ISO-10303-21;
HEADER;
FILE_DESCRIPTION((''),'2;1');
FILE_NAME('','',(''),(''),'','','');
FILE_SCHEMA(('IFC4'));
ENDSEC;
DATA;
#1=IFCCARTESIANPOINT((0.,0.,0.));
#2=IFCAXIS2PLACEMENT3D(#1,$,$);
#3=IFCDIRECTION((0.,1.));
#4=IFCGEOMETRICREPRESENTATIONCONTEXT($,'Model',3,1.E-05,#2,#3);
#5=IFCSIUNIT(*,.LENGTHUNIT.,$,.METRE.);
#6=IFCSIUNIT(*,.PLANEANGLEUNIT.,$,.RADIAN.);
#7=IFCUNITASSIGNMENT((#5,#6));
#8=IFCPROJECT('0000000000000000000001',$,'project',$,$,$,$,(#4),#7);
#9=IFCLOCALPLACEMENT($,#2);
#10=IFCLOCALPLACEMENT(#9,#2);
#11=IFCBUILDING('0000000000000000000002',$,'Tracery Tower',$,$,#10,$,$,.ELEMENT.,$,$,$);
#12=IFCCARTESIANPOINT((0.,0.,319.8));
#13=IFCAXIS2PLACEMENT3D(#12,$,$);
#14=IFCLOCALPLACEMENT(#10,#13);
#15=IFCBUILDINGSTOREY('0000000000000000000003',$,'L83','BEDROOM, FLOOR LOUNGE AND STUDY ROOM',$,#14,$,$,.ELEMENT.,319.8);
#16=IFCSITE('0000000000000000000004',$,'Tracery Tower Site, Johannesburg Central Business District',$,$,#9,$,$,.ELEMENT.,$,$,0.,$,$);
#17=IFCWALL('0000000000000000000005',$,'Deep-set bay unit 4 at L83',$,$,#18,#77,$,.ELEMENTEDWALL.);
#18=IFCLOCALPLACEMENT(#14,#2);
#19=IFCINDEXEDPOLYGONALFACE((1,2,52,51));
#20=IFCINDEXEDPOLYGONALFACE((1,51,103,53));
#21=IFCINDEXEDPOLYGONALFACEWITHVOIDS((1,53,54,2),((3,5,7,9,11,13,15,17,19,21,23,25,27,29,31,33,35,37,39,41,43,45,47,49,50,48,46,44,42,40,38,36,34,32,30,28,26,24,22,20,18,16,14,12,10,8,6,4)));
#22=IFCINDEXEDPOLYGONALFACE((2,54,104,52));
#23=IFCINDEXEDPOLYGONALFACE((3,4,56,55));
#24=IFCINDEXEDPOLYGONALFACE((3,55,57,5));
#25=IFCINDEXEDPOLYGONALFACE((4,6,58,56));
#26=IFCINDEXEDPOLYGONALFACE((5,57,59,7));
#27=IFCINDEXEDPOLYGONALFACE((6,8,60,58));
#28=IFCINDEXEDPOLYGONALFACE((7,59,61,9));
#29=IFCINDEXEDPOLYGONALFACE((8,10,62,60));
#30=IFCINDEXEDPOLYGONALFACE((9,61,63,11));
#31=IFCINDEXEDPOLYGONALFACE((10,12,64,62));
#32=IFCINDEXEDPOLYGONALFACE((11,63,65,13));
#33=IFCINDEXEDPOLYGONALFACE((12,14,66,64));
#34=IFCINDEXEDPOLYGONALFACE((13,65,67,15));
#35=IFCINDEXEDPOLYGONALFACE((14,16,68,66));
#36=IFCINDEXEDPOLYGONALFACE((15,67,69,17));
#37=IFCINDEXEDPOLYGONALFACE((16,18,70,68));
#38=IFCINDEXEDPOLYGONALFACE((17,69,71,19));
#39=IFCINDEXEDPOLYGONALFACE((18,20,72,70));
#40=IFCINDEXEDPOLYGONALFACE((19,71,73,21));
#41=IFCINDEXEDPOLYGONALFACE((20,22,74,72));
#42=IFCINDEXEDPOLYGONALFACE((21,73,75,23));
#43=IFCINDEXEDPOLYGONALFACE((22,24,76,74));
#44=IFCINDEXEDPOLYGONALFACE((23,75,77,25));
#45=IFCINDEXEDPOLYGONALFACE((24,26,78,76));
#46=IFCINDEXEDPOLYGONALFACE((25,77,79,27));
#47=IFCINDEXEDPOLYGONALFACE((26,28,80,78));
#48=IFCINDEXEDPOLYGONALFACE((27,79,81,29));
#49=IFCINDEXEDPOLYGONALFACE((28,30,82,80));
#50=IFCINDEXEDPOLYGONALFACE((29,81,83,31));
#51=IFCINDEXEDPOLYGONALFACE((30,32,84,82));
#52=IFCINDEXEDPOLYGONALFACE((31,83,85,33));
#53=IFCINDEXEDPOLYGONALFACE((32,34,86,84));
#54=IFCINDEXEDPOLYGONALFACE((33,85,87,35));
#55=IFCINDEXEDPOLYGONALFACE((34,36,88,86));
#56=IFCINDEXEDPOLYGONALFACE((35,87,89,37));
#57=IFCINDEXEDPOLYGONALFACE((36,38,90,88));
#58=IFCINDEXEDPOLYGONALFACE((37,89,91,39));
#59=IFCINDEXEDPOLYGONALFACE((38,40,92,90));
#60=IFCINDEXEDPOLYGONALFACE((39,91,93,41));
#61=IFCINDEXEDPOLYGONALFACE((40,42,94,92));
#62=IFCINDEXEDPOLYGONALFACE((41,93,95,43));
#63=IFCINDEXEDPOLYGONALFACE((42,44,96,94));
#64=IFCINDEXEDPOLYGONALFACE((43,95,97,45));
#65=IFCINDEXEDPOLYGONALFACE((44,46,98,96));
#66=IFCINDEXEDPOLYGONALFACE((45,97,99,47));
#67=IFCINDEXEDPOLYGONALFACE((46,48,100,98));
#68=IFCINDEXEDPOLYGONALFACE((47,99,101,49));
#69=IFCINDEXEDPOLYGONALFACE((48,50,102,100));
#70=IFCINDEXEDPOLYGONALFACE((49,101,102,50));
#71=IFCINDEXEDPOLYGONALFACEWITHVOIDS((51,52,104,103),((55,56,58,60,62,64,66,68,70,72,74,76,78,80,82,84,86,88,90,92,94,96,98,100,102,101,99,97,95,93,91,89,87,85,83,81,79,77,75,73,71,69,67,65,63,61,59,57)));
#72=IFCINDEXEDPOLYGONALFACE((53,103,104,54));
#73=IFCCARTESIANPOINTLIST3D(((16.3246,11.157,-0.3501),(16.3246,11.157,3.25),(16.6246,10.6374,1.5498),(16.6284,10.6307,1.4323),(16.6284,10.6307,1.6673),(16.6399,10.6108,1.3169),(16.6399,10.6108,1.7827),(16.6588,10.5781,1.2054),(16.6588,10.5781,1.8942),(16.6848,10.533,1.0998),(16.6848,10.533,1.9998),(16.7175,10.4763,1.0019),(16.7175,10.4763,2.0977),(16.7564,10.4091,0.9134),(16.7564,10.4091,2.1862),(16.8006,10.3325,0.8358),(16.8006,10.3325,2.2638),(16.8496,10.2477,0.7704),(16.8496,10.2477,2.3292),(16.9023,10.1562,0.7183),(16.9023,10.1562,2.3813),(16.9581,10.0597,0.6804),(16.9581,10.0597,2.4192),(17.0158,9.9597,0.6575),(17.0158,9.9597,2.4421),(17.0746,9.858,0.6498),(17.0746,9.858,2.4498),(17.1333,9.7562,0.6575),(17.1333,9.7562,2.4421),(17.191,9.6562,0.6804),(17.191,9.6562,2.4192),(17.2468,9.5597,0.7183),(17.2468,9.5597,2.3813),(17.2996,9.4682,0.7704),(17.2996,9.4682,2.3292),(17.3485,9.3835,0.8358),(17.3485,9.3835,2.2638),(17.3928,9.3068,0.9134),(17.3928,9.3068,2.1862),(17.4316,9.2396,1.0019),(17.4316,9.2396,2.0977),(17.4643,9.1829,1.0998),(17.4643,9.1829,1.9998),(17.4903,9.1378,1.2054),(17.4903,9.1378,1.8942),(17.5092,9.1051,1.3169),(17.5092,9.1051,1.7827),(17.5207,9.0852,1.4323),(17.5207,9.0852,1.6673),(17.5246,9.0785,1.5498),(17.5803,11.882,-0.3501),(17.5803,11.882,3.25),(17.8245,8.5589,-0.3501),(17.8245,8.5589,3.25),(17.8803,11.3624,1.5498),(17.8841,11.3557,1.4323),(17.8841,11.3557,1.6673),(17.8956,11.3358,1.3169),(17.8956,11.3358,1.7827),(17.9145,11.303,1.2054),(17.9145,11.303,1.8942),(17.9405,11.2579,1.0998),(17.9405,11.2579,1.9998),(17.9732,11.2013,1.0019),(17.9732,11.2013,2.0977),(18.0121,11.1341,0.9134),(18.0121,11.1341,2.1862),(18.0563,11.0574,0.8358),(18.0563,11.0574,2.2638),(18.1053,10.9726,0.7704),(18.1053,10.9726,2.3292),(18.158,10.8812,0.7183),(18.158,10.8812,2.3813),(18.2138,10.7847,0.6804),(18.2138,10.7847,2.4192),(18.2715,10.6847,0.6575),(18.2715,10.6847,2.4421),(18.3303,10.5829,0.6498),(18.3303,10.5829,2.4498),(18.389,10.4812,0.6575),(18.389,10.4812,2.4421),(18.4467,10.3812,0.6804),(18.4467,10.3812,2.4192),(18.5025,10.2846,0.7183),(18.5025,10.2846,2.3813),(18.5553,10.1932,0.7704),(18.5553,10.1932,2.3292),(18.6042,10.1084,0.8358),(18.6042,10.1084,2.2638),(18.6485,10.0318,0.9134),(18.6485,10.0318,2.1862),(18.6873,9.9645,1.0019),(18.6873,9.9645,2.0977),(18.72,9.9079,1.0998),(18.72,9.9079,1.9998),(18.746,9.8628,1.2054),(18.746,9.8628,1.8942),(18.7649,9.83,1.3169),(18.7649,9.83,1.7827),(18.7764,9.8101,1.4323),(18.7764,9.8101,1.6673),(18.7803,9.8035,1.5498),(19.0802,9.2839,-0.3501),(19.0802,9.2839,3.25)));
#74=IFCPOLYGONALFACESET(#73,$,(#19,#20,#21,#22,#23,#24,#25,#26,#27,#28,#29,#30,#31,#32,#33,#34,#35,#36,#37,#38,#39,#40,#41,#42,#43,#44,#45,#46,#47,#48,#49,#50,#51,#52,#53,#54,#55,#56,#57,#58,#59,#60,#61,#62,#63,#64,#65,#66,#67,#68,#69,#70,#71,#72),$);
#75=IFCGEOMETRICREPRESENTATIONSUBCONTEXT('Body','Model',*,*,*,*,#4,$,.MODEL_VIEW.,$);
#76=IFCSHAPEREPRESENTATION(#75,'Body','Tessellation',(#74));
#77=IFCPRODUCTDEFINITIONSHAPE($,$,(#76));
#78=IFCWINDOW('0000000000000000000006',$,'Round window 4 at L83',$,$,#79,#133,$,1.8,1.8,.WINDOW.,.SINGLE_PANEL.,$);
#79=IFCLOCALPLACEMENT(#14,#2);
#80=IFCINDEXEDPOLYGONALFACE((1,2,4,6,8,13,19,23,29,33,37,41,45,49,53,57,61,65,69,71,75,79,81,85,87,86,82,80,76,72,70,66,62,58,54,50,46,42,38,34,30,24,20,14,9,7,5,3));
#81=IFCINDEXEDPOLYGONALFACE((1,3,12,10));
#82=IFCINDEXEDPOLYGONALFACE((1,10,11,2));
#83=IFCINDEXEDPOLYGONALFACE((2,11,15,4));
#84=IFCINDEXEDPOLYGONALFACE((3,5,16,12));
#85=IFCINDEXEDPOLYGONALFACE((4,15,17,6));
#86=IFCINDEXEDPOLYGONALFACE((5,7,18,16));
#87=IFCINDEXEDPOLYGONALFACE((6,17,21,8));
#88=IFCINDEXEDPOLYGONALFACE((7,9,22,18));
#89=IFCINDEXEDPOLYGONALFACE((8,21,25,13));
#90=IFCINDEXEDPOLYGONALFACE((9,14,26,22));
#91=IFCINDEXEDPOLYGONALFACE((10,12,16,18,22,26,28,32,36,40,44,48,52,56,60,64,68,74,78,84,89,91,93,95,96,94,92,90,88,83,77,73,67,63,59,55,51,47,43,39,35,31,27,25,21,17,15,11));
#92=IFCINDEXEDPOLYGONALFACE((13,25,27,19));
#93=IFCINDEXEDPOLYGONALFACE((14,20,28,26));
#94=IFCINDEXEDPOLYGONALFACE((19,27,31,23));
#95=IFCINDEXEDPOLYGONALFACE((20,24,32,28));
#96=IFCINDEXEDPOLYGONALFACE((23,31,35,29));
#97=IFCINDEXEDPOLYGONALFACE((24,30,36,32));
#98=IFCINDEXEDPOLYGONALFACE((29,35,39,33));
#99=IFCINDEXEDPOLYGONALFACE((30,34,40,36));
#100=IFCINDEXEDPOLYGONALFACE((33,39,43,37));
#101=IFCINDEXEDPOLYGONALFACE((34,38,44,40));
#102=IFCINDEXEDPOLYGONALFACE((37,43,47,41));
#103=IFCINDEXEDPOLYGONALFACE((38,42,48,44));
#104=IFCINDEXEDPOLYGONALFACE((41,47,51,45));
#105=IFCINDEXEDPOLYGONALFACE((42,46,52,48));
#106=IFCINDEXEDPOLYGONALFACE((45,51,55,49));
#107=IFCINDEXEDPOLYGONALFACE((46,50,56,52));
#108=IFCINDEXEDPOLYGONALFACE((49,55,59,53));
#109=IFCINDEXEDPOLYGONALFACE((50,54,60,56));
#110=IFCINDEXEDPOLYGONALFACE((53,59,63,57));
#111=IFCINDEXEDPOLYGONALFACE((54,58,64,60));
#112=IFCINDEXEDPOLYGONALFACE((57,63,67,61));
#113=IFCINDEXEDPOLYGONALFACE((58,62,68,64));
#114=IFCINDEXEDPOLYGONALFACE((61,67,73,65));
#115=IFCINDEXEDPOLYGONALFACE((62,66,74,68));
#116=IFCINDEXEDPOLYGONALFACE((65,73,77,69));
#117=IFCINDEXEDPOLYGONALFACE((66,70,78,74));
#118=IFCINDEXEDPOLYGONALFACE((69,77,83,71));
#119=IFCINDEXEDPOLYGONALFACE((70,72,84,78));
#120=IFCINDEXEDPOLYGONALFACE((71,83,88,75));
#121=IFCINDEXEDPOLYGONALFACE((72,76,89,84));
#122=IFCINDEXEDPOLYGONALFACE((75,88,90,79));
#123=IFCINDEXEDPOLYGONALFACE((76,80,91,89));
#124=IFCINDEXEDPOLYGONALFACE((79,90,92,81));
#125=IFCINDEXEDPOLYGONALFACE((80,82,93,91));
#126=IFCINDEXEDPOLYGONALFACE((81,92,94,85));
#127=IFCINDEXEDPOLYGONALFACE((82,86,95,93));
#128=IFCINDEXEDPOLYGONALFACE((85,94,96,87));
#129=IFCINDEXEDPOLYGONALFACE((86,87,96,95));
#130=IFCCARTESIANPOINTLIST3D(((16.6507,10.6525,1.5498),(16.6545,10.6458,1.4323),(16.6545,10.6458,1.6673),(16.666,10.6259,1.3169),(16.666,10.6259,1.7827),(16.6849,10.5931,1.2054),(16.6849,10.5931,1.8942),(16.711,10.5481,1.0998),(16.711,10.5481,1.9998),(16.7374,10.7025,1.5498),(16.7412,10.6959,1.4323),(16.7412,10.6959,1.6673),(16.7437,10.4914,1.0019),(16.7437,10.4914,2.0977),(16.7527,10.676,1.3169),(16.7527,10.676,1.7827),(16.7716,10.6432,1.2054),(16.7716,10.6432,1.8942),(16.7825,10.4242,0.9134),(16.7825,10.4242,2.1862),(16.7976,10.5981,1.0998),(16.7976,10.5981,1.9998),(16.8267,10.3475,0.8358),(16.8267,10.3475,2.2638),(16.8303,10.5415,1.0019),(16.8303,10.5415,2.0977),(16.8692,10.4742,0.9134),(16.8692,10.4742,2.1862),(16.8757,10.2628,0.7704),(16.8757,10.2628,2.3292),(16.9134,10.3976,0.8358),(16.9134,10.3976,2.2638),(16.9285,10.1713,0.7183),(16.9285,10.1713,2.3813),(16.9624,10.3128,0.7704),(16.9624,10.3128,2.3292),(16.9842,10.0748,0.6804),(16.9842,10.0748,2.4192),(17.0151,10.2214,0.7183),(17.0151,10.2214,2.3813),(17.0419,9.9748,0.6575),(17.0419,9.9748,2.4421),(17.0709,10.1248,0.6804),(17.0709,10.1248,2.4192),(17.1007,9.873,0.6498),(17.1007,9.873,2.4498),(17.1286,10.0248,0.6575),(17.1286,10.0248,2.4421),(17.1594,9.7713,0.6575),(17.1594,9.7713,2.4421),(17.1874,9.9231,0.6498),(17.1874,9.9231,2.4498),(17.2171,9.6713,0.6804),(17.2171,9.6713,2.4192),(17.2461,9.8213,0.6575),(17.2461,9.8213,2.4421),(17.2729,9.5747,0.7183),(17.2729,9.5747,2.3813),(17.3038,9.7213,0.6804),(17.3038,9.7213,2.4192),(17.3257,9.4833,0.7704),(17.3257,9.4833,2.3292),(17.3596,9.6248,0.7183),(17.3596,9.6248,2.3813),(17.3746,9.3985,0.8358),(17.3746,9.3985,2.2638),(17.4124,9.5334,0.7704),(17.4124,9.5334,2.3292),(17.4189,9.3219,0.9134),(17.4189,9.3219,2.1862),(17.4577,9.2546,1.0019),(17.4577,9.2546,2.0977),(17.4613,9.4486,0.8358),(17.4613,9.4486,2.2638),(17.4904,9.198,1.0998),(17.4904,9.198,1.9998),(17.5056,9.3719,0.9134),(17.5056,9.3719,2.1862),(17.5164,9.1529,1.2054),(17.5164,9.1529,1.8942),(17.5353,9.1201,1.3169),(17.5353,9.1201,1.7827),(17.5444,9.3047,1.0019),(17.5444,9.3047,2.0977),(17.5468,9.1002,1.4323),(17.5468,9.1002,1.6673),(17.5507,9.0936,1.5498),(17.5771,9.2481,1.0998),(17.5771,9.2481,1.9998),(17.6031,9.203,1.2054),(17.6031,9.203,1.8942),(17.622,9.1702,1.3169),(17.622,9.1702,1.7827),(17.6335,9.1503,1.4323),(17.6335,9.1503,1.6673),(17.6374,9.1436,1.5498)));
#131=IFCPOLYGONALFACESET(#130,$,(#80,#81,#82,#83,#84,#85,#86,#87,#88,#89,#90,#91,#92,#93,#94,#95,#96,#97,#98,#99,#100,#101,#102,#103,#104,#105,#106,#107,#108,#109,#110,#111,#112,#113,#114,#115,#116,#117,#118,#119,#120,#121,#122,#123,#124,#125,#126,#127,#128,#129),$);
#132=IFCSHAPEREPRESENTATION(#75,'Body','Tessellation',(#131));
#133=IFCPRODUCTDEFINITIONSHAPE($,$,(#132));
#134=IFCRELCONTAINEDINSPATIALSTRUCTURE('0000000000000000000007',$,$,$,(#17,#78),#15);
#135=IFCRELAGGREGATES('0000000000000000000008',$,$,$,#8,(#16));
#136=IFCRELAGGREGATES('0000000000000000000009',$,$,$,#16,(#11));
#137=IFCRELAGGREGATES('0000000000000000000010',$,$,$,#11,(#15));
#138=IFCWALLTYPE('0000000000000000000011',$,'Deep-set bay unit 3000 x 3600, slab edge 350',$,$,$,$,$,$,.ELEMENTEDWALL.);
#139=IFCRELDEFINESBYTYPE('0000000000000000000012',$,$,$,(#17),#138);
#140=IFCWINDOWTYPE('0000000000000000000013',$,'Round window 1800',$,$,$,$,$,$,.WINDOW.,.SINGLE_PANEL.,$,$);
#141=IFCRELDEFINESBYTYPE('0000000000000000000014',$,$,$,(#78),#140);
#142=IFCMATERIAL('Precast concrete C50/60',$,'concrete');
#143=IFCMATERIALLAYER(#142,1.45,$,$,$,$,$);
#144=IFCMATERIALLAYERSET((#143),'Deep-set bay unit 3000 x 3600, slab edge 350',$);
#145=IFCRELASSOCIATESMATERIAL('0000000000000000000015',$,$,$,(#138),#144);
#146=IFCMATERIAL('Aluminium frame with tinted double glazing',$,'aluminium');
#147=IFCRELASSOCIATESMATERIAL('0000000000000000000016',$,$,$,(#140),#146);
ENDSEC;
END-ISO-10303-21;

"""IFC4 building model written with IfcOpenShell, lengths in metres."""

from ifc_helpers import new_model, si_unit, direction, frame, frame_2d, origin, origin_2d, place, context, subcontext, project, spatial, rectangle, circle, extrude, material, layer, layer_set, type_object, element, fill, save


model = new_model("IFC4")

# Units and contexts
model_context = context("Model", 3, precision=1e-05, world=origin(), true_north=direction((0.0, 1.0)))
body_context = subcontext(model_context, "Body", "Model", "MODEL_VIEW")
ifc_project = project(units=[si_unit("LENGTHUNIT", "METRE"), si_unit("PLANEANGLEUNIT", "RADIAN")], contexts=[model_context])

# Site, building, storey
site_placement = place(None, origin())
site = spatial("IfcSite", under=ifc_project, at=site_placement, Name="Tracery Tower Site, Johannesburg Central Business District", CompositionType="ELEMENT", RefElevation=0.0)
building_placement = place(site_placement, origin())
building = spatial("IfcBuilding", under=site, at=building_placement, Name="Tracery Tower", CompositionType="ELEMENT")
storey_placement = place(building_placement, frame((0.0, 0.0, 319.8)))
storey = spatial("IfcBuildingStorey", under=building, at=storey_placement, Name="L83", Description="BEDROOM, FLOOR LOUNGE AND STUDY ROOM", CompositionType="ELEMENT", Elevation=319.8)

# Wall, opening, window
ifc_material_1 = material(Name="Precast concrete C50/60", Category="concrete")
ifc_layer_1 = layer(ifc_material_1, 1.45)
ifc_layer_set_1 = layer_set([ifc_layer_1], Name="Deep-set bay unit 3000 x 3600, slab edge 350")
wall_type_1 = type_object("IfcWallType", Name="Deep-set bay unit 3000 x 3600, slab edge 350", PredefinedType="ELEMENTEDWALL", material=ifc_layer_set_1)
ifc_material_2 = material(Name="Aluminium frame with tinted double glazing", Category="aluminium")
window_type = type_object("IfcWindowType", Name="Round window 1800", PartitioningType="SINGLE_PANEL", PredefinedType="WINDOW", material=ifc_material_2)
wall_1_placement = place(storey_placement, frame((18.4524, 8.9214, -0.3501), z_axis=(0.0, 0.0, 1.0), x_axis=(-0.49999, 0.866031, 0.0)))
wall_1 = element("IfcWall", 1, at=wall_1_placement, inside=storey, type_object=wall_type_1, Name="Deep-set bay unit 4 at L83", PredefinedType="ELEMENTEDWALL", context=body_context, shape_type="SweptSolid", body=[
    extrude(rectangle(XDim=3.0, YDim=1.45, at=frame_2d((1.5, 0.0))), origin(), (0.0, 0.0, 1.0), 3.6001),
])
opening_1_placement = place(wall_1_placement, frame((1.5, 0.0, 1.8999)))
opening_1 = element("IfcOpeningElement", 2, at=opening_1_placement, cuts=wall_1, PredefinedType="OPENING", context=body_context, shape_type="SweptSolid", body=[
    extrude(circle(Radius=0.9, at=origin_2d()), frame((0.0, 0.7349, 0.0), z_axis=(0.0, -1.0, 0.0), x_axis=(1.0, 0.0, 0.0)), (0.0, 0.0, 1.0), 1.47),
])
window_1_placement = place(opening_1_placement, origin())
window_1 = element("IfcWindow", 3, at=window_1_placement, inside=storey, type_object=window_type, Name="Round window 4 at L83", OverallHeight=1.8, OverallWidth=1.8, PartitioningType="SINGLE_PANEL", PredefinedType="WINDOW", context=body_context, shape_type="SweptSolid", body=[
    extrude(circle(Radius=0.9, at=origin_2d()), frame((0.0, 0.6948, 0.0), z_axis=(0.0, -1.0, 0.0), x_axis=(1.0, 0.0, 0.0)), (0.0, 0.0, 1.0), 0.1001),
])
fill(opening_1, window_1)

save(model, "model.ifc")
